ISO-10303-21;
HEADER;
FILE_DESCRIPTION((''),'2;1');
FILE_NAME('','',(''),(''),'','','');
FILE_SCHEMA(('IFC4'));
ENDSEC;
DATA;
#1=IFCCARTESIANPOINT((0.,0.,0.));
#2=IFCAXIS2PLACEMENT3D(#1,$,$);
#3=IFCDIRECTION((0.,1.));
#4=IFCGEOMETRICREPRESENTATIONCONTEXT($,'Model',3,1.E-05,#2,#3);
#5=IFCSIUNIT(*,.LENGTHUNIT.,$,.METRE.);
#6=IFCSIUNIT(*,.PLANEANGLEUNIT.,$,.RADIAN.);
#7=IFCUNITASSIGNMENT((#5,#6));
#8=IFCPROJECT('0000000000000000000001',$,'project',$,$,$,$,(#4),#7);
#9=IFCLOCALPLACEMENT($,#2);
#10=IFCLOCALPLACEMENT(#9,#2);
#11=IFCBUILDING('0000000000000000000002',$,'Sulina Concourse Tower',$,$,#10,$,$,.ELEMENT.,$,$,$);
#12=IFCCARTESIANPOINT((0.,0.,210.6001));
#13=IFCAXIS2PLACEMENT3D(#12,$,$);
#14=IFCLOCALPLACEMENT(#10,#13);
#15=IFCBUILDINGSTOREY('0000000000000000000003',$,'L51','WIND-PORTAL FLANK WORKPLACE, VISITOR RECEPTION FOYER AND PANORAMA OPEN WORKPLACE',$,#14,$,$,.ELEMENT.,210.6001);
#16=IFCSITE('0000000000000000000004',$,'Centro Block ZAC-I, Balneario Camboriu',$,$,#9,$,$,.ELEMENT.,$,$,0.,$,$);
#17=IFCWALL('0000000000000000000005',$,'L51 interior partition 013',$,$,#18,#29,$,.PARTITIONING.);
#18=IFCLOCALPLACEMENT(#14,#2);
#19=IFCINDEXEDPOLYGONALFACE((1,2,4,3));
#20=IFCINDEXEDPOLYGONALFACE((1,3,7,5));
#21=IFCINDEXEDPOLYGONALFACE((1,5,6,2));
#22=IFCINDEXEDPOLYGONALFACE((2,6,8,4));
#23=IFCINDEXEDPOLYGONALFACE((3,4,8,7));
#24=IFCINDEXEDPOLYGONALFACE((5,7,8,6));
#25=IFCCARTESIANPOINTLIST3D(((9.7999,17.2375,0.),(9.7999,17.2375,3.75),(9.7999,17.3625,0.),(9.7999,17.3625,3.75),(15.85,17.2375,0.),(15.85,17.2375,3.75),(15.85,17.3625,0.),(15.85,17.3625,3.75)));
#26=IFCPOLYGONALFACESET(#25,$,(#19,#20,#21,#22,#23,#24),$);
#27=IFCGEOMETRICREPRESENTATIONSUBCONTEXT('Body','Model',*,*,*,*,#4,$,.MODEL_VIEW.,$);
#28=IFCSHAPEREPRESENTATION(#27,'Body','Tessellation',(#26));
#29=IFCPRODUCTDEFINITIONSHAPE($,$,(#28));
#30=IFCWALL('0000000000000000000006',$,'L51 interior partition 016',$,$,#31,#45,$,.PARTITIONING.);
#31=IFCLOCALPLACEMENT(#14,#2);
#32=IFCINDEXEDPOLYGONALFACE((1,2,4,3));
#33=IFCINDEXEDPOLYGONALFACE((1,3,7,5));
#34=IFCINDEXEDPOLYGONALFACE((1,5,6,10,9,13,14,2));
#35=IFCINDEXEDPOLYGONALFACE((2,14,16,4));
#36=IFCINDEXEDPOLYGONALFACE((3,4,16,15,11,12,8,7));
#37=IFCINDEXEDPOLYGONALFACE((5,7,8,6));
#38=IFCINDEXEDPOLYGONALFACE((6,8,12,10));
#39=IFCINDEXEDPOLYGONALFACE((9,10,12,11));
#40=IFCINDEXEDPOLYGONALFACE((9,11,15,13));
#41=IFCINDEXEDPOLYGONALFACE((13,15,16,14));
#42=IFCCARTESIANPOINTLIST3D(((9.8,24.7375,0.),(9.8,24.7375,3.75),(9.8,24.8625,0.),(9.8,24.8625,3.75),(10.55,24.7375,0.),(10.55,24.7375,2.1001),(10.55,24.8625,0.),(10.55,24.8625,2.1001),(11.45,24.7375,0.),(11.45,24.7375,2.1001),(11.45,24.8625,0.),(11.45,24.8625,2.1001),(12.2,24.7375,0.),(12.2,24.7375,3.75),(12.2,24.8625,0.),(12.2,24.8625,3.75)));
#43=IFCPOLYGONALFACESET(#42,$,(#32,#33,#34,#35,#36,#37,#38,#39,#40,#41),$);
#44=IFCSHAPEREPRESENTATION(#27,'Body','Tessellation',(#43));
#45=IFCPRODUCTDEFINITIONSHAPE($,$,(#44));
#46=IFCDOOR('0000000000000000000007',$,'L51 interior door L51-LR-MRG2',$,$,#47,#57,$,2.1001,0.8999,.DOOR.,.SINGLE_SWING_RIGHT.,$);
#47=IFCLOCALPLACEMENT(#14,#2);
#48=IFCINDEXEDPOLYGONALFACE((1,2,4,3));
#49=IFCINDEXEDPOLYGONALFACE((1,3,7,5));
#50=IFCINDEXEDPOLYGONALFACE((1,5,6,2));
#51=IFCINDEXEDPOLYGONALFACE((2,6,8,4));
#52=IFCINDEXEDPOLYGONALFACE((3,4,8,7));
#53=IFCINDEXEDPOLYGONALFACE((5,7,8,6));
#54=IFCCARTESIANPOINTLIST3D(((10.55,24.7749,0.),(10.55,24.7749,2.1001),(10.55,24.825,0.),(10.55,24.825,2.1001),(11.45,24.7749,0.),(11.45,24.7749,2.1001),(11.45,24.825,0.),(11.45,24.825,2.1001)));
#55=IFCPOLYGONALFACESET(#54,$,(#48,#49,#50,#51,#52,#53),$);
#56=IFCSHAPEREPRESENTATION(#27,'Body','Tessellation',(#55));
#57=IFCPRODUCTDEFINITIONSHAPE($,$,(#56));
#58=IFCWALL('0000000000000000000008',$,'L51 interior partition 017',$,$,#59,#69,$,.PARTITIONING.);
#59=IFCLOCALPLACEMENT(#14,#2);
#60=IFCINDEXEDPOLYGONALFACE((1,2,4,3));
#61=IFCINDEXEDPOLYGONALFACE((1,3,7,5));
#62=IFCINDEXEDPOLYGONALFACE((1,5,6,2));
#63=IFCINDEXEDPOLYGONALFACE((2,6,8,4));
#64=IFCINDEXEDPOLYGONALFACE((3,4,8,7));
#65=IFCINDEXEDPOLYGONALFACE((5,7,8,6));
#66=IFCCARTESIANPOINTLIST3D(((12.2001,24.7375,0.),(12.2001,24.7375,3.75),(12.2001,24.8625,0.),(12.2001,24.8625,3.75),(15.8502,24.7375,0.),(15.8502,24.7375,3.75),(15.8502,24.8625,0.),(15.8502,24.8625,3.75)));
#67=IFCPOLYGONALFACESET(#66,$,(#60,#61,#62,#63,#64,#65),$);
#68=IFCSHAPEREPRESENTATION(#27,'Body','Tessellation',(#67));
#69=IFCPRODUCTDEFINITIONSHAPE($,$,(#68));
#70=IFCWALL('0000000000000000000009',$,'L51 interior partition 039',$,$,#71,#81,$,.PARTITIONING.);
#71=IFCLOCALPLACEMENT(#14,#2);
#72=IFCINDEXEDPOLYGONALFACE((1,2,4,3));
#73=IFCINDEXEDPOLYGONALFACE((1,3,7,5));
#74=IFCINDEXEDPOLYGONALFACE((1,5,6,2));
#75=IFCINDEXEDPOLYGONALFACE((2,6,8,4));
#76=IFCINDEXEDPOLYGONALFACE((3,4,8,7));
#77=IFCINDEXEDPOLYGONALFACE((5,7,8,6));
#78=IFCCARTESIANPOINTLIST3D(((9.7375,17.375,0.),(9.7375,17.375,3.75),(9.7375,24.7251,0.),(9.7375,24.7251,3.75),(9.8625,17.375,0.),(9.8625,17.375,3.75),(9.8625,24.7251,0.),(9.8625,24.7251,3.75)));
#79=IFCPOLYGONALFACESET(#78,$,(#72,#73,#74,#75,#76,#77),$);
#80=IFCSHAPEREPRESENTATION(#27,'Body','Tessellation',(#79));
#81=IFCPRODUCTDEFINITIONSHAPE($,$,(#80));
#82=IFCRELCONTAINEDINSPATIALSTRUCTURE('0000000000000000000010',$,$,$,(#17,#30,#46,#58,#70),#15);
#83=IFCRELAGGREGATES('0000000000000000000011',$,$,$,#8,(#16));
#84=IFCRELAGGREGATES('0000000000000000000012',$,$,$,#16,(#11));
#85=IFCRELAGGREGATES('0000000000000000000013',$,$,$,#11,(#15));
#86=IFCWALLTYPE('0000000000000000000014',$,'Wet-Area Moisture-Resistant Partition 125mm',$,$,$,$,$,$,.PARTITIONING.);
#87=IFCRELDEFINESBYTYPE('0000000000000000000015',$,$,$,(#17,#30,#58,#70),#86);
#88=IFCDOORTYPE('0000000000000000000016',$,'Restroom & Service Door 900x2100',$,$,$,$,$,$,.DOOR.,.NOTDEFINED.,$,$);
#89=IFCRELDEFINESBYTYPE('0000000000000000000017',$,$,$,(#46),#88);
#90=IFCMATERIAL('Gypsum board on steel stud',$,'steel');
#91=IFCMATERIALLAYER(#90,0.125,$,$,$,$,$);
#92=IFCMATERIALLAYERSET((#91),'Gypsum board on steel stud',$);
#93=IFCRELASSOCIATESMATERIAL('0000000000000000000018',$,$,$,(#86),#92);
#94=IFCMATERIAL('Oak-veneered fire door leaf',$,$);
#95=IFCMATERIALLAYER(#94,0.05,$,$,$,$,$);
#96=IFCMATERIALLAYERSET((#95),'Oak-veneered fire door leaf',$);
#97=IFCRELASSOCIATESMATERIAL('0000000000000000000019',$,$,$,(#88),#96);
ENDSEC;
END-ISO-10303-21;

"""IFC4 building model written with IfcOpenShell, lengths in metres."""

from ifc_helpers import new_model, si_unit, direction, frame, frame_2d, origin, place, context, subcontext, project, spatial, rectangle, extrude, material, layer, layer_set, type_object, element, fill, save


model = new_model("IFC4")

# Units and contexts
model_context = context("Model", 3, precision=1e-05, world=origin(), true_north=direction((0.0, 1.0)))
body_context = subcontext(model_context, "Body", "Model", "MODEL_VIEW")
ifc_project = project(units=[si_unit("LENGTHUNIT", "METRE"), si_unit("PLANEANGLEUNIT", "RADIAN")], contexts=[model_context])

# Site, building, storey
site_placement = place(None, origin())
site = spatial("IfcSite", under=ifc_project, at=site_placement, Name="Centro Block ZAC-I, Balneario Camboriu", CompositionType="ELEMENT", RefElevation=0.0)
building_placement = place(site_placement, origin())
building = spatial("IfcBuilding", under=site, at=building_placement, Name="Sulina Concourse Tower", CompositionType="ELEMENT")
storey_placement = place(building_placement, frame((0.0, 0.0, 210.6001)))
storey = spatial("IfcBuildingStorey", under=building, at=storey_placement, Name="L51", Description="WIND-PORTAL FLANK WORKPLACE, VISITOR RECEPTION FOYER AND PANORAMA OPEN WORKPLACE", CompositionType="ELEMENT", Elevation=210.6001)

# Wall
ifc_material_1 = material(Name="Gypsum board on steel stud", Category="steel")
ifc_layer_1 = layer(ifc_material_1, 0.125)
ifc_layer_set_1 = layer_set([ifc_layer_1], Name="Gypsum board on steel stud")
wall_type_1 = type_object("IfcWallType", Name="Wet-Area Moisture-Resistant Partition 125mm", PredefinedType="PARTITIONING", material=ifc_layer_set_1)
wall_1_placement = place(storey_placement, frame((9.8, 17.3, 0.0), z_axis=(0.0, 0.0, 1.0), x_axis=(1.0, 0.0, 0.0)))
element("IfcWall", 1, at=wall_1_placement, inside=storey, type_object=wall_type_1, Name="L51 interior partition 013", PredefinedType="PARTITIONING", context=body_context, shape_type="SweptSolid", body=[
    extrude(rectangle(XDim=6.05, YDim=0.125, at=frame_2d((3.0249, 0.0))), origin(), (0.0, 0.0, 1.0), 3.75),
])

# Wall, opening, door
wall_2_placement = place(storey_placement, frame((9.8, 24.8, 0.0), z_axis=(0.0, 0.0, 1.0), x_axis=(1.0, 0.0, 0.0)))
wall_2 = element("IfcWall", 2, at=wall_2_placement, inside=storey, type_object=wall_type_1, Name="L51 interior partition 016", PredefinedType="PARTITIONING", context=body_context, shape_type="SweptSolid", body=[
    extrude(rectangle(XDim=2.3999, YDim=0.125, at=frame_2d((1.2, 0.0))), origin(), (0.0, 0.0, 1.0), 3.75),
])
opening_1_placement = place(wall_2_placement, frame((0.75, 0.0, 0.0)))
opening_1 = element("IfcOpeningElement", 3, at=opening_1_placement, cuts=wall_2, PredefinedType="OPENING", context=body_context, shape_type="SweptSolid", body=[
    extrude(rectangle(XDim=0.8999, YDim=2.1001, at=frame_2d((0.45, 1.05))), frame((0.0, 0.0725, 0.0), z_axis=(0.0, -1.0, 0.0), x_axis=(1.0, 0.0, 0.0)), (0.0, 0.0, 1.0), 0.145),
])
ifc_material_2 = material(Name="Oak-veneered fire door leaf")
ifc_layer_2 = layer(ifc_material_2, 0.05)
ifc_layer_set_2 = layer_set([ifc_layer_2], Name="Oak-veneered fire door leaf")
door_type_1 = type_object("IfcDoorType", Name="Restroom & Service Door 900x2100", OperationType="NOTDEFINED", PredefinedType="DOOR", material=ifc_layer_set_2)
door_1_placement = place(opening_1_placement, origin())
door_1 = element("IfcDoor", 4, at=door_1_placement, inside=storey, type_object=door_type_1, Name="L51 interior door L51-LR-MRG2", OperationType="SINGLE_SWING_RIGHT", OverallHeight=2.1001, OverallWidth=0.8999, PredefinedType="DOOR", context=body_context, shape_type="SweptSolid", body=[
    extrude(rectangle(XDim=0.8999, YDim=2.1001, at=frame_2d((0.45, 1.05))), frame((0.0, 0.0249, 0.0), z_axis=(0.0, -1.0, 0.0), x_axis=(1.0, 0.0, 0.0)), (0.0, 0.0, 1.0), 0.05),
])
fill(opening_1, door_1)

# Walls
wall_3_placement = place(storey_placement, frame((12.2, 24.8, 0.0), z_axis=(0.0, 0.0, 1.0), x_axis=(1.0, 0.0, 0.0)))
element("IfcWall", 5, at=wall_3_placement, inside=storey, type_object=wall_type_1, Name="L51 interior partition 017", PredefinedType="PARTITIONING", context=body_context, shape_type="SweptSolid", body=[
    extrude(rectangle(XDim=3.6501, YDim=0.125, at=frame_2d((1.8252, 0.0))), origin(), (0.0, 0.0, 1.0), 3.75),
])
wall_4_placement = place(storey_placement, frame((9.8, 17.375, 0.0), z_axis=(0.0, 0.0, 1.0), x_axis=(0.0, 1.0, 0.0)))
element("IfcWall", 6, at=wall_4_placement, inside=storey, type_object=wall_type_1, Name="L51 interior partition 039", PredefinedType="PARTITIONING", context=body_context, shape_type="SweptSolid", body=[
    extrude(rectangle(XDim=7.3501, YDim=0.125, at=frame_2d((3.675, 0.0))), origin(), (0.0, 0.0, 1.0), 3.75),
])

save(model, "model.ifc")
